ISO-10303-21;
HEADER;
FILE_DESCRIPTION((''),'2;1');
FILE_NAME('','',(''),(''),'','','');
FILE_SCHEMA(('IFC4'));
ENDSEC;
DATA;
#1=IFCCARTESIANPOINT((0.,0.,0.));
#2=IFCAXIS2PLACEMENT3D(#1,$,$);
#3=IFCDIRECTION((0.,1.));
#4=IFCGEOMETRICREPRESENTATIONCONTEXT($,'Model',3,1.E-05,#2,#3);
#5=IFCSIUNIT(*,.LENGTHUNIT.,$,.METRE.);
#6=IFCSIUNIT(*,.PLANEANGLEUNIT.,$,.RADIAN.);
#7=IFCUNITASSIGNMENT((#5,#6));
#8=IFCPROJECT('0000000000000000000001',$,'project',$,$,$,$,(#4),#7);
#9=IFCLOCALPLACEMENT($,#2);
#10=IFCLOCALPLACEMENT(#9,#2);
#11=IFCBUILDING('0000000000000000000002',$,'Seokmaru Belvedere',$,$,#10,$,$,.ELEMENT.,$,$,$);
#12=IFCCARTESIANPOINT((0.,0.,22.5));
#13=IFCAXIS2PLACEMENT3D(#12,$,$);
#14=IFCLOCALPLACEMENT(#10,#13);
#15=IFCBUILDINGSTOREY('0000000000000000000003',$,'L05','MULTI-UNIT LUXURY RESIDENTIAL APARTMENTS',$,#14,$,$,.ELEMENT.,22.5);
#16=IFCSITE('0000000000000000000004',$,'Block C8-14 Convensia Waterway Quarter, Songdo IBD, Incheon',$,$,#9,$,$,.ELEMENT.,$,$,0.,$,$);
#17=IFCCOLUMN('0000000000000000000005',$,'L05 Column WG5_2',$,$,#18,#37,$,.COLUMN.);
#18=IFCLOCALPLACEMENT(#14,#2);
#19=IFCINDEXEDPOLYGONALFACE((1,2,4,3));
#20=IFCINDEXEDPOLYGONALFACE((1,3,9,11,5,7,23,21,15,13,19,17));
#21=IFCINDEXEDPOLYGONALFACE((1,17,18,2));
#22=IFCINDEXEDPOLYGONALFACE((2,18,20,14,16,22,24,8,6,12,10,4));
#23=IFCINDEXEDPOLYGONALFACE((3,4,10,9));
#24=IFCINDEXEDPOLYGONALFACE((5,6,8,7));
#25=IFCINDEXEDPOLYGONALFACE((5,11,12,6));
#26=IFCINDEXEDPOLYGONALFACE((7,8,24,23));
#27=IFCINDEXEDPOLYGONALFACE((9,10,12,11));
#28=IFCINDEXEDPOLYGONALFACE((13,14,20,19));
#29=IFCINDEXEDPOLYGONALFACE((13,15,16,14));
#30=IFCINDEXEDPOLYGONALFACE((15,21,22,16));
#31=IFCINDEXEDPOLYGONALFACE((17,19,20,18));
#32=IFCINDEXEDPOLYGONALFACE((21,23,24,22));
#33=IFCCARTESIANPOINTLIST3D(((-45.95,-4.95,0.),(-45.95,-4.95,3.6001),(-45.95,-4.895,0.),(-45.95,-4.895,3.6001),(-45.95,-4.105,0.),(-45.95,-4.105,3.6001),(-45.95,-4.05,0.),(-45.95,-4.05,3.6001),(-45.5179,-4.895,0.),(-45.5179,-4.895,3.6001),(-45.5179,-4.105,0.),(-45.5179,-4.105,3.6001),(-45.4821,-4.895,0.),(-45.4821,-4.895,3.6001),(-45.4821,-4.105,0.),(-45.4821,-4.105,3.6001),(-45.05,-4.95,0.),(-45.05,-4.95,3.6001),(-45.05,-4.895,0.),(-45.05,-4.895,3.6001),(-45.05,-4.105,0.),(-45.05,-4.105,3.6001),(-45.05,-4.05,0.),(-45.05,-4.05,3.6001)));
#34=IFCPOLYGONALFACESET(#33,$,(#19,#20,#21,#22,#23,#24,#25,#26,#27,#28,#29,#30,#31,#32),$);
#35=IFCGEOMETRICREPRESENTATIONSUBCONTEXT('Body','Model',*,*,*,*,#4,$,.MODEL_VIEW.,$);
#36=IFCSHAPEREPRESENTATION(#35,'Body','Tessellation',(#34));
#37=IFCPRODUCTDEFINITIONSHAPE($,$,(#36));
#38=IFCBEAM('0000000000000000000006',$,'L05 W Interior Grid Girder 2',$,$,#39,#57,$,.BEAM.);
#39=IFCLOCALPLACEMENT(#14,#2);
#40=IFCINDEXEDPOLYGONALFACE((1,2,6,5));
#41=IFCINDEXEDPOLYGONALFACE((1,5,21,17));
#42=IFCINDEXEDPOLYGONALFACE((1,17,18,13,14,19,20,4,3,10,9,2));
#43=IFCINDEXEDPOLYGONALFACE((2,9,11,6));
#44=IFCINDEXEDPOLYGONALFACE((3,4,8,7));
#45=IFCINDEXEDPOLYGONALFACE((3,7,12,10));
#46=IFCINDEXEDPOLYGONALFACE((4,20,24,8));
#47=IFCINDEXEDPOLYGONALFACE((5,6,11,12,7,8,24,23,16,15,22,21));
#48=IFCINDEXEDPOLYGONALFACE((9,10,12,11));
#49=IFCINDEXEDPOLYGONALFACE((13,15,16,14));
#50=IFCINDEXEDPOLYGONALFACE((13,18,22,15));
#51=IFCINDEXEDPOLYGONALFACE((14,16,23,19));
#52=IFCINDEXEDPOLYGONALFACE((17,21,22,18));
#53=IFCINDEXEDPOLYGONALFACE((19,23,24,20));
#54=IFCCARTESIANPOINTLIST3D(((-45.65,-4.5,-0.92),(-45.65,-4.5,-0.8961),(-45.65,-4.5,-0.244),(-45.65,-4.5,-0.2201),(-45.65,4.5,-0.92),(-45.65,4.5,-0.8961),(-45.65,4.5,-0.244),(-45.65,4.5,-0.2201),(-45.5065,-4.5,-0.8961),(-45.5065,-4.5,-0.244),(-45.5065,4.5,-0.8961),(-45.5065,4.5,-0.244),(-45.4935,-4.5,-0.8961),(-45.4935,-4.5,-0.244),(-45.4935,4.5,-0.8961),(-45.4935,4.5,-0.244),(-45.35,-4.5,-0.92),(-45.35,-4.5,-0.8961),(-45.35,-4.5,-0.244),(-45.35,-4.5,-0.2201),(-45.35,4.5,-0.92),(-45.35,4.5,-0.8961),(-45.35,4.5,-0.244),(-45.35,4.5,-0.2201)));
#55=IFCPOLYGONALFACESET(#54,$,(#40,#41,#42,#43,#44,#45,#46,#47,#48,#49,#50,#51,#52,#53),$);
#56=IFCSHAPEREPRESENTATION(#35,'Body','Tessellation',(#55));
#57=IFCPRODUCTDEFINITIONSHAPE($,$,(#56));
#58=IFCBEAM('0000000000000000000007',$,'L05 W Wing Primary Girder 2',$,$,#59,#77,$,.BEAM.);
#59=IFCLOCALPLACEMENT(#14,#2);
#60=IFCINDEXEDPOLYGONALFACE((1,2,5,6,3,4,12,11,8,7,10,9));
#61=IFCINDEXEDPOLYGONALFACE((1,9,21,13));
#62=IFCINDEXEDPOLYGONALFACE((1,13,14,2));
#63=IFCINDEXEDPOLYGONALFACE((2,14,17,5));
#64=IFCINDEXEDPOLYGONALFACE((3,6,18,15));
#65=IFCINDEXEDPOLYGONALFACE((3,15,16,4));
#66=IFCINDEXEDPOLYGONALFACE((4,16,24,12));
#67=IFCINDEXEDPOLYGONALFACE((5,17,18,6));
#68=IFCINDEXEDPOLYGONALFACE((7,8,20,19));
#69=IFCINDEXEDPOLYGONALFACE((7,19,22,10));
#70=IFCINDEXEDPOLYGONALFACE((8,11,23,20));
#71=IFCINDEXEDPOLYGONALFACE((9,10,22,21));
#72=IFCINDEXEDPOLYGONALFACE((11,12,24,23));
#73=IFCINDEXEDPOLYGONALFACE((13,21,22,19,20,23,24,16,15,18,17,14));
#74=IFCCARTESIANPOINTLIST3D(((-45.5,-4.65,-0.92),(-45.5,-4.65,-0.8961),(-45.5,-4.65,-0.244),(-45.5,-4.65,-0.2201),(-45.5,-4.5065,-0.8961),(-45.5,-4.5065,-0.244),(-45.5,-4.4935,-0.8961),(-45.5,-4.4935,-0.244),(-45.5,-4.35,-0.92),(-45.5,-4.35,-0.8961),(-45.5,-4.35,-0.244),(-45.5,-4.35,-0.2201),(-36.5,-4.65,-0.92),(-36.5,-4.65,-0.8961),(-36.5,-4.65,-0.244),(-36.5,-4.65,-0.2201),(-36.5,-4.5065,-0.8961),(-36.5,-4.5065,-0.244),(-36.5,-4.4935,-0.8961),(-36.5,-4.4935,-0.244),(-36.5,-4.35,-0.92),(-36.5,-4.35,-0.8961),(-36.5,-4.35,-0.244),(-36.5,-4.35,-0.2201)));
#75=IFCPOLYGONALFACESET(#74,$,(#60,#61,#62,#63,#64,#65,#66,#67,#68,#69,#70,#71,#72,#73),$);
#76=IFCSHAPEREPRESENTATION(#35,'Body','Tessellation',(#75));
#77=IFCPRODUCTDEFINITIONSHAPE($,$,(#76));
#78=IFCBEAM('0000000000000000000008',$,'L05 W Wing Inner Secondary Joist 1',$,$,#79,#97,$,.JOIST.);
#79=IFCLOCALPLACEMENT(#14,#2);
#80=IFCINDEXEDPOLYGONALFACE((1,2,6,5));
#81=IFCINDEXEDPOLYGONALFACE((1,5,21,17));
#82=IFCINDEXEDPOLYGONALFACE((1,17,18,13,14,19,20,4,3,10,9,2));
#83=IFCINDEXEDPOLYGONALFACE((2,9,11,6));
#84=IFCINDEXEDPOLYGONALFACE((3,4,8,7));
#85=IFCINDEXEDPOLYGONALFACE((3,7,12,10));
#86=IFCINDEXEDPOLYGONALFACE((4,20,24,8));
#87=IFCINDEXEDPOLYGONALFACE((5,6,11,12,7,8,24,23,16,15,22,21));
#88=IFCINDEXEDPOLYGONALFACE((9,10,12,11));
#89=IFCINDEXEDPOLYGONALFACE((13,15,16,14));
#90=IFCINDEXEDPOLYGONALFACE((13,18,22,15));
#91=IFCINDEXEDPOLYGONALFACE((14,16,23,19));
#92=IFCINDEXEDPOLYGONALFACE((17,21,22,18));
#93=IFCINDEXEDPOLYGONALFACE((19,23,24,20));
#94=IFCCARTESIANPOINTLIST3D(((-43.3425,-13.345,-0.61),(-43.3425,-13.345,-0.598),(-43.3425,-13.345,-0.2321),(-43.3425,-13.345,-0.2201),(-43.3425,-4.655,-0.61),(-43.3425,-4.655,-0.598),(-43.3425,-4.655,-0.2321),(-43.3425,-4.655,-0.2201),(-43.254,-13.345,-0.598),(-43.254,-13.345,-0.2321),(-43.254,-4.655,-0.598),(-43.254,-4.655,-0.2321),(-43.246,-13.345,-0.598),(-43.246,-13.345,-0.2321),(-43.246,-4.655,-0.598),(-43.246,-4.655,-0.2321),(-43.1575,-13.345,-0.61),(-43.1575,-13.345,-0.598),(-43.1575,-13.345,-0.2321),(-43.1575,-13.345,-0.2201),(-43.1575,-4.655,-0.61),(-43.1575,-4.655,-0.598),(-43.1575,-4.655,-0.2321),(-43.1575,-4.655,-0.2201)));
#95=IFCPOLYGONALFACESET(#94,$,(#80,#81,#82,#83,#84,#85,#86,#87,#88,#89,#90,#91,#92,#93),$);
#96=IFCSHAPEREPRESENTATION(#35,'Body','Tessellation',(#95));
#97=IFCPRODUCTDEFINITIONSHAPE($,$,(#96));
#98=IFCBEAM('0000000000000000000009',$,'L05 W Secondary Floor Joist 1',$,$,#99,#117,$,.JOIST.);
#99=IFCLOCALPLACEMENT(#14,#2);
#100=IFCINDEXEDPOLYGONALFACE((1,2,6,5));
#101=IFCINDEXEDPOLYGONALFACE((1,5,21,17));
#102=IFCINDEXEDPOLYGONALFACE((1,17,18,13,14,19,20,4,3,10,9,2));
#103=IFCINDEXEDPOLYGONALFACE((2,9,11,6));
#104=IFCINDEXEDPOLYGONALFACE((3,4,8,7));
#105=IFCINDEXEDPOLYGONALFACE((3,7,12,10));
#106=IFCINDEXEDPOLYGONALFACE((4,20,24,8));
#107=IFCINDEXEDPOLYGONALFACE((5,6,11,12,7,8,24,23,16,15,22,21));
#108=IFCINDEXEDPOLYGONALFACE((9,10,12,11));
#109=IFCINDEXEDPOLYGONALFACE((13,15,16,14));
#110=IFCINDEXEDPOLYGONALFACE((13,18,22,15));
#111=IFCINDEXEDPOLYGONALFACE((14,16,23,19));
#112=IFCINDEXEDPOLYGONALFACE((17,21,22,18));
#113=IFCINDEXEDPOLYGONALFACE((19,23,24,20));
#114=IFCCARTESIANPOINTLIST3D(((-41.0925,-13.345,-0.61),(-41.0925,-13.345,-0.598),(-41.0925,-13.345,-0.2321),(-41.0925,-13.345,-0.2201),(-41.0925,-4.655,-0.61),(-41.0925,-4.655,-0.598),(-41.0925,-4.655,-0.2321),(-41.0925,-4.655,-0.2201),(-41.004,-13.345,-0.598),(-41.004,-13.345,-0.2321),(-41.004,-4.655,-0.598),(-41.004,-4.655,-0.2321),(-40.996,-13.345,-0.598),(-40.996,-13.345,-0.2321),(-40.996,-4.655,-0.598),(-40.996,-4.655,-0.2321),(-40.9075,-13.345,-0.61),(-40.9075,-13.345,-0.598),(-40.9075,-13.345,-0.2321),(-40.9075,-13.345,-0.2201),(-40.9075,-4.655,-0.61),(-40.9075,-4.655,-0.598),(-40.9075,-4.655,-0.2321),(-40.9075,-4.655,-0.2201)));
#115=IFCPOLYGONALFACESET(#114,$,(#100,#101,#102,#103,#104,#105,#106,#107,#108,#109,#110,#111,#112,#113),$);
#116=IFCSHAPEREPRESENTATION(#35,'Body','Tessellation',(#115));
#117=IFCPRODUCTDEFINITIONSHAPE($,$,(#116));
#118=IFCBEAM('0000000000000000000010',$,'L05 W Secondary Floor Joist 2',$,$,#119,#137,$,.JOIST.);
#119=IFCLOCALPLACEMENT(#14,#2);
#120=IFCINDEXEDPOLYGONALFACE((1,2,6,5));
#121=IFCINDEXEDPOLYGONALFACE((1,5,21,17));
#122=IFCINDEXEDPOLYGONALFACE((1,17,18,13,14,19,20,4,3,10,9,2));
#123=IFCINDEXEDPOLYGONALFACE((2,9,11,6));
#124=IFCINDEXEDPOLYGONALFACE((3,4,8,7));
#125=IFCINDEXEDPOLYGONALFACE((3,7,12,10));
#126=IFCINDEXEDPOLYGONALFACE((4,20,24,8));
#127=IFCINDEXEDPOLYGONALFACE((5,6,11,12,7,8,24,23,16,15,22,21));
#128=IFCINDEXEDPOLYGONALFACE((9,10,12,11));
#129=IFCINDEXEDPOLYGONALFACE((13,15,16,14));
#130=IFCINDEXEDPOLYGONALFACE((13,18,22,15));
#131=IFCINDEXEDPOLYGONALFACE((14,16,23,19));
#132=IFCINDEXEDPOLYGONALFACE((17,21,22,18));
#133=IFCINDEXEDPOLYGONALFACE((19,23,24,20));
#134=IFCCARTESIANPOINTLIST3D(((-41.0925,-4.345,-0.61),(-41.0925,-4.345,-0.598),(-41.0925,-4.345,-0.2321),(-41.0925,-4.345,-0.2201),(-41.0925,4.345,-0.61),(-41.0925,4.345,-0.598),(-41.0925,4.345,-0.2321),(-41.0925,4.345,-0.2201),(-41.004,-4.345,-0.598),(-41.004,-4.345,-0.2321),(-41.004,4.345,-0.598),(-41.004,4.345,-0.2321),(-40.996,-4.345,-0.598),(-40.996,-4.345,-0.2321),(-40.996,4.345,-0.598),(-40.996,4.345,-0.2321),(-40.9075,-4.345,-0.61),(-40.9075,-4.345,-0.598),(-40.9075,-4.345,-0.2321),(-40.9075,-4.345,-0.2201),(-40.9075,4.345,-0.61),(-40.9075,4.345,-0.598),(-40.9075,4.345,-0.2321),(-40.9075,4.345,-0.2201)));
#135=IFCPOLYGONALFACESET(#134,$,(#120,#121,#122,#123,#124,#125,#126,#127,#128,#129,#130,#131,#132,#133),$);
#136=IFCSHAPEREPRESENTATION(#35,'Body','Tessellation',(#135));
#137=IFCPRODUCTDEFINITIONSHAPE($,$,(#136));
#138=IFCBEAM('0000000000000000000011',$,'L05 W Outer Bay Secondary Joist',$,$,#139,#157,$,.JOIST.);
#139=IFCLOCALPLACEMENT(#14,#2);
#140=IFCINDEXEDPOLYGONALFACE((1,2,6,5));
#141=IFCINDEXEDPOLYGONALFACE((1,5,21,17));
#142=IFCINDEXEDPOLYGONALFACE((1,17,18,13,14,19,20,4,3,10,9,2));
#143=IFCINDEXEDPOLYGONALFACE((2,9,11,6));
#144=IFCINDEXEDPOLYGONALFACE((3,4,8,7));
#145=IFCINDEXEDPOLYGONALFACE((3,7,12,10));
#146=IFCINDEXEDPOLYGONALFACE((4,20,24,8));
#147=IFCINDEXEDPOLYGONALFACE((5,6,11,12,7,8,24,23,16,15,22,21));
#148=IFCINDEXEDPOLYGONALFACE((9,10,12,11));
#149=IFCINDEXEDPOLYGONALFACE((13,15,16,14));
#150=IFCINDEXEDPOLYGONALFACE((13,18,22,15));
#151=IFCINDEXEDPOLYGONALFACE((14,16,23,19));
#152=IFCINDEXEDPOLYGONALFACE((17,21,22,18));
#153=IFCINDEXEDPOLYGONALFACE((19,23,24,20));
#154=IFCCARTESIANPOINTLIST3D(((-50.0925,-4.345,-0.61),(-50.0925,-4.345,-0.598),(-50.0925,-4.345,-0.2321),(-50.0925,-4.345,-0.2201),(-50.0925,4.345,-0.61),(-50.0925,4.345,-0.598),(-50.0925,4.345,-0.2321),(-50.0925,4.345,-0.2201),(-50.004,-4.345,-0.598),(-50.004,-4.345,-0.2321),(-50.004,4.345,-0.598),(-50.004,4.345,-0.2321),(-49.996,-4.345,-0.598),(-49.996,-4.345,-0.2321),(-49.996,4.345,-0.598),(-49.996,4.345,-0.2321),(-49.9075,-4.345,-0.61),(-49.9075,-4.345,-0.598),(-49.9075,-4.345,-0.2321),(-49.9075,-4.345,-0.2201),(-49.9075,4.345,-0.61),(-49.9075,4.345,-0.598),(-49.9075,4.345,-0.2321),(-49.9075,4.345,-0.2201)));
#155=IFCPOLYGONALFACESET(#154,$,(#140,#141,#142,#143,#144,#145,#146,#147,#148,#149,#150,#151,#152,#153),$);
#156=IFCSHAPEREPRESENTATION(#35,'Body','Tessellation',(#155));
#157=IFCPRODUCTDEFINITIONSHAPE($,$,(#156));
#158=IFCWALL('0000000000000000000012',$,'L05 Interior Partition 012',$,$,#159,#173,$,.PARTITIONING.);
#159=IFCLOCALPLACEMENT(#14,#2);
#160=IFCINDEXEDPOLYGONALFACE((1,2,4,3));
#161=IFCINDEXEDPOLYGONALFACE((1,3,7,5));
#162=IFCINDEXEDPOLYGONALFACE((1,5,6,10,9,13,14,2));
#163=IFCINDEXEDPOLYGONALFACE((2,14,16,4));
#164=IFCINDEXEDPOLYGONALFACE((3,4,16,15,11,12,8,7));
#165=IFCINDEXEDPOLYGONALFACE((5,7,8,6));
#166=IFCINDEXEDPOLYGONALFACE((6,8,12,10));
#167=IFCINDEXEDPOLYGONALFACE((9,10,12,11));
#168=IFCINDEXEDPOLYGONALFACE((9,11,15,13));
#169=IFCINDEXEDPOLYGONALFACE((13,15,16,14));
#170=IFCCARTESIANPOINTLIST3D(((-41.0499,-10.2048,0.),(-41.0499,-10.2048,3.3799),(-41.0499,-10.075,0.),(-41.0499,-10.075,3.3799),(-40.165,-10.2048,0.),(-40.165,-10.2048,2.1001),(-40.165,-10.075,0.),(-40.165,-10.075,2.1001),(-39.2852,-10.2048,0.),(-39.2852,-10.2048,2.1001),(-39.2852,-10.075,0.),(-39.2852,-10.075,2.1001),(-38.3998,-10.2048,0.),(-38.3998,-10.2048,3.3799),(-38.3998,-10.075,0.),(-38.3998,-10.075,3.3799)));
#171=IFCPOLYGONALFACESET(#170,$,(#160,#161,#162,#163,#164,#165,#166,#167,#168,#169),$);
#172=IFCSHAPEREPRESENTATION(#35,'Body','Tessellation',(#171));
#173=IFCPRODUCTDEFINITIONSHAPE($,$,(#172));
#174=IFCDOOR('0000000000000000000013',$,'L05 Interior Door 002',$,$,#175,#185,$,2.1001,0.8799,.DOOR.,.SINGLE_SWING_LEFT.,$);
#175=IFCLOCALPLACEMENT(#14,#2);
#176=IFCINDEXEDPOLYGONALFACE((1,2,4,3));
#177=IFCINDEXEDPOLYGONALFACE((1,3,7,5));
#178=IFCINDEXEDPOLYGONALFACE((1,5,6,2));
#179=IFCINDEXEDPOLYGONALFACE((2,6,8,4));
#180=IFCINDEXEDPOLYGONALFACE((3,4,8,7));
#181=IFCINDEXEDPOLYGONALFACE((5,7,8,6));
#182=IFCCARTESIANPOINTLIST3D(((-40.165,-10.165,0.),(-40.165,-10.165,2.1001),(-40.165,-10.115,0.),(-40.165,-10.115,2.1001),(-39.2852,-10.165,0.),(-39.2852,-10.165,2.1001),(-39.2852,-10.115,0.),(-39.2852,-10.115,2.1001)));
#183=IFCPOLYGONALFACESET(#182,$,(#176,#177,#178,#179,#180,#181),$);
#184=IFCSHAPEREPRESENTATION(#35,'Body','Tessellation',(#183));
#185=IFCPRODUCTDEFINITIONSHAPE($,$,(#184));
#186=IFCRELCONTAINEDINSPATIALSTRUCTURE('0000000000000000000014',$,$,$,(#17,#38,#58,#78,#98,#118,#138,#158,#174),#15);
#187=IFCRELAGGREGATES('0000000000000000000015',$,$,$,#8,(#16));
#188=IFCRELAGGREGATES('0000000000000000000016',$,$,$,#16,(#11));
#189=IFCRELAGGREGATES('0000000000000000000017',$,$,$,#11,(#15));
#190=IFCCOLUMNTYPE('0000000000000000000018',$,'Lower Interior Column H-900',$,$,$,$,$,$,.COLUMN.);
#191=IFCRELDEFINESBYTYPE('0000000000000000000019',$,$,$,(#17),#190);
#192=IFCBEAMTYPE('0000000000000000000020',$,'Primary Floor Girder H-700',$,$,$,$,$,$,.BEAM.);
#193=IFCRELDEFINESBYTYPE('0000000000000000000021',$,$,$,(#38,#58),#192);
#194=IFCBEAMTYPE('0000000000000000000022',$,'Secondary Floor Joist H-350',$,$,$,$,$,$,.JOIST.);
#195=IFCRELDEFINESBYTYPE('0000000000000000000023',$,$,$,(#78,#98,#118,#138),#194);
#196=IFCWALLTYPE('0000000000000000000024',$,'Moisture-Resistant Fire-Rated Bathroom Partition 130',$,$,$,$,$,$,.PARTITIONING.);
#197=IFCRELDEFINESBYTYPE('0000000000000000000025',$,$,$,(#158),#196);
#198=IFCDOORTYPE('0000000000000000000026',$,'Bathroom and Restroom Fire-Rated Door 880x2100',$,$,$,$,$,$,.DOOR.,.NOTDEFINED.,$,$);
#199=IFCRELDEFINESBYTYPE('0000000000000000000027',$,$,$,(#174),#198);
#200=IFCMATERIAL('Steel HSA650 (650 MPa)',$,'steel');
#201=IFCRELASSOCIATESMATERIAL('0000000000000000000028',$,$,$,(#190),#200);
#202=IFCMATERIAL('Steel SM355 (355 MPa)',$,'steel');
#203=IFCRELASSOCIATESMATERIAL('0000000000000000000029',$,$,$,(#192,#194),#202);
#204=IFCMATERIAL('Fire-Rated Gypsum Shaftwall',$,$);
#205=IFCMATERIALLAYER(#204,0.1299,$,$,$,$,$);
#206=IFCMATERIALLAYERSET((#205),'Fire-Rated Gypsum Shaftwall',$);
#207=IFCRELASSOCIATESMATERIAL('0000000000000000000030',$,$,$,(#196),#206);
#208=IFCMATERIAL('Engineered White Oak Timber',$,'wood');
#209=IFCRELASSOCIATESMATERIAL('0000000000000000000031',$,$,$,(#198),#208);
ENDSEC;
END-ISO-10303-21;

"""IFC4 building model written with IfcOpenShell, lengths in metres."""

from ifc_helpers import new_model, si_unit, direction, frame, frame_2d, origin, origin_2d, place, context, subcontext, project, spatial, rectangle, i_section, extrude, source, transform, mapped, material, layer, layer_set, material_profile, profile_set, type_object, type_shapes, element, fill, save


model = new_model("IFC4")

# Units and contexts
model_context = context("Model", 3, precision=1e-05, world=origin(), true_north=direction((0.0, 1.0)))
body_context = subcontext(model_context, "Body", "Model", "MODEL_VIEW")
ifc_project = project(units=[si_unit("LENGTHUNIT", "METRE"), si_unit("PLANEANGLEUNIT", "RADIAN")], contexts=[model_context])

# Site, building, storey
site_placement = place(None, origin())
site = spatial("IfcSite", under=ifc_project, at=site_placement, Name="Block C8-14 Convensia Waterway Quarter, Songdo IBD, Incheon", CompositionType="ELEMENT", RefElevation=0.0)
building_placement = place(site_placement, origin())
building = spatial("IfcBuilding", under=site, at=building_placement, Name="Seokmaru Belvedere", CompositionType="ELEMENT")
storey_placement = place(building_placement, frame((0.0, 0.0, 22.5)))
storey = spatial("IfcBuildingStorey", under=building, at=storey_placement, Name="L05", Description="MULTI-UNIT LUXURY RESIDENTIAL APARTMENTS", CompositionType="ELEMENT", Elevation=22.5)

# Column
ifc_material_1 = material(Name="Steel HSA650 (650 MPa)", Category="steel")
ifc_material_profile_1 = material_profile(ifc_material_1, i_section(OverallWidth=0.8999, OverallDepth=0.8999, WebThickness=0.0359, FlangeThickness=0.0549, at=origin_2d()), Name="H-900x900x36x55")
ifc_profile_set_1 = profile_set([ifc_material_profile_1], Name="Steel HSA650 (650 MPa)")
column_type = type_object("IfcColumnType", Name="Lower Interior Column H-900", PredefinedType="COLUMN", material=ifc_profile_set_1)
shared_shape_1 = source(origin(), body_context, "Body", "SweptSolid", [
    extrude(i_section(OverallWidth=0.8999, OverallDepth=0.8999, WebThickness=0.0359, FlangeThickness=0.0549, at=origin_2d()), origin(), (0.0, 0.0, 1.0), 3.6001),
])
type_shapes(column_type, [shared_shape_1])
column_placement = place(storey_placement, frame((-45.5, -4.5, 0.0), z_axis=(0.0, 0.0, 1.0), x_axis=(1.0, 0.0, 0.0)))
element("IfcColumn", 1, at=column_placement, inside=storey, type_object=column_type, Name="L05 Column WG5_2", PredefinedType="COLUMN", context=body_context, shape_type="MappedRepresentation", body=[
    mapped(shared_shape_1, transform((0.0, 0.0, 0.0), scale=1.0)),
])

# Beams
ifc_material_2 = material(Name="Steel SM355 (355 MPa)", Category="steel")
ifc_material_profile_2 = material_profile(ifc_material_2, i_section(OverallWidth=0.3, OverallDepth=0.7, WebThickness=0.0129, FlangeThickness=0.0239, at=origin_2d()), Name="H-700x300x13x24")
ifc_profile_set_2 = profile_set([ifc_material_profile_2], Name="Steel SM355 (355 MPa)")
beam_type_1 = type_object("IfcBeamType", Name="Primary Floor Girder H-700", PredefinedType="BEAM", material=ifc_profile_set_2)
shared_shape_2 = source(origin(), body_context, "Body", "SweptSolid", [
    extrude(i_section(OverallWidth=0.3, OverallDepth=0.7, WebThickness=0.0129, FlangeThickness=0.0239, at=origin_2d()), origin(), (0.0, 0.0, 1.0), 9.0),
])
type_shapes(beam_type_1, [shared_shape_2])
for number, where, z_axis, x_axis, name in (
    (2, (-45.5, -4.5, -0.5701), (0.0, 1.0, 0.0), (-1.0, 0.0, 0.0), "L05 W Interior Grid Girder 2"),
    (3, (-45.5, -4.5, -0.5701), (1.0, 0.0, 0.0), (0.0, 1.0, 0.0), "L05 W Wing Primary Girder 2"),
):
    element("IfcBeam", number, at=place(storey_placement, frame(where, z_axis=z_axis, x_axis=x_axis)), inside=storey, type_object=beam_type_1, Name=name, PredefinedType="BEAM", context=body_context, shape_type="MappedRepresentation", body=[
        mapped(shared_shape_2, transform((0.0, 0.0, 0.0), scale=1.0)),
    ])
ifc_material_profile_3 = material_profile(ifc_material_2, i_section(OverallWidth=0.1851, OverallDepth=0.3899, WebThickness=0.0081, FlangeThickness=0.012, at=origin_2d()), Name="H-390x185x8x12")
ifc_profile_set_3 = profile_set([ifc_material_profile_3], Name="Steel SM355 (355 MPa)")
beam_type_2 = type_object("IfcBeamType", Name="Secondary Floor Joist H-350", PredefinedType="JOIST", material=ifc_profile_set_3)
shared_shape_3 = source(origin(), body_context, "Body", "SweptSolid", [
    extrude(i_section(OverallWidth=0.1851, OverallDepth=0.3899, WebThickness=0.0081, FlangeThickness=0.012, at=origin_2d()), origin(), (0.0, 0.0, 1.0), 8.6899),
])
type_shapes(beam_type_2, [shared_shape_3])
for number, where, z_axis, x_axis, name in (
    (4, (-43.25, -13.345, -0.415), (0.0, 1.0, 0.0), (-1.0, 0.0, 0.0), "L05 W Wing Inner Secondary Joist 1"),
    (5, (-41.0, -13.345, -0.415), (0.0, 1.0, 0.0), (-1.0, 0.0, 0.0), "L05 W Secondary Floor Joist 1"),
    (6, (-41.0, -4.345, -0.415), (0.0, 1.0, 0.0), (-1.0, 0.0, 0.0), "L05 W Secondary Floor Joist 2"),
    (7, (-50.0, -4.345, -0.415), (0.0, 1.0, 0.0), (-1.0, 0.0, 0.0), "L05 W Outer Bay Secondary Joist"),
):
    element("IfcBeam", number, at=place(storey_placement, frame(where, z_axis=z_axis, x_axis=x_axis)), inside=storey, type_object=beam_type_2, Name=name, PredefinedType="JOIST", context=body_context, shape_type="MappedRepresentation", body=[
        mapped(shared_shape_3, transform((0.0, 0.0, 0.0), scale=1.0)),
    ])

# Shared definitions
ifc_material_3 = material(Name="Fire-Rated Gypsum Shaftwall")

# Wall, opening, door
ifc_layer_1 = layer(ifc_material_3, 0.1299)
ifc_layer_set_1 = layer_set([ifc_layer_1], Name="Fire-Rated Gypsum Shaftwall")
wall_type_1 = type_object("IfcWallType", Name="Moisture-Resistant Fire-Rated Bathroom Partition 130", PredefinedType="PARTITIONING", material=ifc_layer_set_1)
wall_1_placement = place(storey_placement, frame((-41.05, -10.1399, 0.0), z_axis=(0.0, 0.0, 1.0), x_axis=(1.0, 0.0, 0.0)))
wall_1 = element("IfcWall", 8, at=wall_1_placement, inside=storey, type_object=wall_type_1, Name="L05 Interior Partition 012", PredefinedType="PARTITIONING", context=body_context, shape_type="SweptSolid", body=[
    extrude(rectangle(XDim=2.6501, YDim=0.1299, at=frame_2d((1.3252, 0.0))), origin(), (0.0, 0.0, 1.0), 3.3799),
])
opening_1_placement = place(wall_1_placement, frame((0.885, 0.0, 0.0)))
opening_1 = element("IfcOpeningElement", 9, at=opening_1_placement, cuts=wall_1, PredefinedType="OPENING", context=body_context, shape_type="SweptSolid", body=[
    extrude(rectangle(XDim=0.8799, YDim=2.1001, at=frame_2d((0.4399, 1.05))), frame((0.0, 0.075, 0.0), z_axis=(0.0, -1.0, 0.0), x_axis=(1.0, 0.0, 0.0)), (0.0, 0.0, 1.0), 0.1499),
])
ifc_material_4 = material(Name="Engineered White Oak Timber", Category="wood")
door_type_1 = type_object("IfcDoorType", Name="Bathroom and Restroom Fire-Rated Door 880x2100", OperationType="NOTDEFINED", PredefinedType="DOOR", material=ifc_material_4)
shared_shape_4 = source(origin(), body_context, "Body", "SweptSolid", [
    extrude(rectangle(XDim=0.8799, YDim=2.1001, at=frame_2d((0.4399, 1.05))), frame((0.0, 0.0249, 0.0), z_axis=(0.0, -1.0, 0.0), x_axis=(1.0, 0.0, 0.0)), (0.0, 0.0, 1.0), 0.05),
])
type_shapes(door_type_1, [shared_shape_4])
door_1_placement = place(opening_1_placement, origin())
door_1 = element("IfcDoor", 10, at=door_1_placement, inside=storey, type_object=door_type_1, Name="L05 Interior Door 002", OperationType="SINGLE_SWING_LEFT", OverallHeight=2.1001, OverallWidth=0.8799, PredefinedType="DOOR", context=body_context, shape_type="MappedRepresentation", body=[
    mapped(shared_shape_4, transform((0.0, 0.0, 0.0), scale=1.0)),
])
fill(opening_1, door_1)

save(model, "model.ifc")
